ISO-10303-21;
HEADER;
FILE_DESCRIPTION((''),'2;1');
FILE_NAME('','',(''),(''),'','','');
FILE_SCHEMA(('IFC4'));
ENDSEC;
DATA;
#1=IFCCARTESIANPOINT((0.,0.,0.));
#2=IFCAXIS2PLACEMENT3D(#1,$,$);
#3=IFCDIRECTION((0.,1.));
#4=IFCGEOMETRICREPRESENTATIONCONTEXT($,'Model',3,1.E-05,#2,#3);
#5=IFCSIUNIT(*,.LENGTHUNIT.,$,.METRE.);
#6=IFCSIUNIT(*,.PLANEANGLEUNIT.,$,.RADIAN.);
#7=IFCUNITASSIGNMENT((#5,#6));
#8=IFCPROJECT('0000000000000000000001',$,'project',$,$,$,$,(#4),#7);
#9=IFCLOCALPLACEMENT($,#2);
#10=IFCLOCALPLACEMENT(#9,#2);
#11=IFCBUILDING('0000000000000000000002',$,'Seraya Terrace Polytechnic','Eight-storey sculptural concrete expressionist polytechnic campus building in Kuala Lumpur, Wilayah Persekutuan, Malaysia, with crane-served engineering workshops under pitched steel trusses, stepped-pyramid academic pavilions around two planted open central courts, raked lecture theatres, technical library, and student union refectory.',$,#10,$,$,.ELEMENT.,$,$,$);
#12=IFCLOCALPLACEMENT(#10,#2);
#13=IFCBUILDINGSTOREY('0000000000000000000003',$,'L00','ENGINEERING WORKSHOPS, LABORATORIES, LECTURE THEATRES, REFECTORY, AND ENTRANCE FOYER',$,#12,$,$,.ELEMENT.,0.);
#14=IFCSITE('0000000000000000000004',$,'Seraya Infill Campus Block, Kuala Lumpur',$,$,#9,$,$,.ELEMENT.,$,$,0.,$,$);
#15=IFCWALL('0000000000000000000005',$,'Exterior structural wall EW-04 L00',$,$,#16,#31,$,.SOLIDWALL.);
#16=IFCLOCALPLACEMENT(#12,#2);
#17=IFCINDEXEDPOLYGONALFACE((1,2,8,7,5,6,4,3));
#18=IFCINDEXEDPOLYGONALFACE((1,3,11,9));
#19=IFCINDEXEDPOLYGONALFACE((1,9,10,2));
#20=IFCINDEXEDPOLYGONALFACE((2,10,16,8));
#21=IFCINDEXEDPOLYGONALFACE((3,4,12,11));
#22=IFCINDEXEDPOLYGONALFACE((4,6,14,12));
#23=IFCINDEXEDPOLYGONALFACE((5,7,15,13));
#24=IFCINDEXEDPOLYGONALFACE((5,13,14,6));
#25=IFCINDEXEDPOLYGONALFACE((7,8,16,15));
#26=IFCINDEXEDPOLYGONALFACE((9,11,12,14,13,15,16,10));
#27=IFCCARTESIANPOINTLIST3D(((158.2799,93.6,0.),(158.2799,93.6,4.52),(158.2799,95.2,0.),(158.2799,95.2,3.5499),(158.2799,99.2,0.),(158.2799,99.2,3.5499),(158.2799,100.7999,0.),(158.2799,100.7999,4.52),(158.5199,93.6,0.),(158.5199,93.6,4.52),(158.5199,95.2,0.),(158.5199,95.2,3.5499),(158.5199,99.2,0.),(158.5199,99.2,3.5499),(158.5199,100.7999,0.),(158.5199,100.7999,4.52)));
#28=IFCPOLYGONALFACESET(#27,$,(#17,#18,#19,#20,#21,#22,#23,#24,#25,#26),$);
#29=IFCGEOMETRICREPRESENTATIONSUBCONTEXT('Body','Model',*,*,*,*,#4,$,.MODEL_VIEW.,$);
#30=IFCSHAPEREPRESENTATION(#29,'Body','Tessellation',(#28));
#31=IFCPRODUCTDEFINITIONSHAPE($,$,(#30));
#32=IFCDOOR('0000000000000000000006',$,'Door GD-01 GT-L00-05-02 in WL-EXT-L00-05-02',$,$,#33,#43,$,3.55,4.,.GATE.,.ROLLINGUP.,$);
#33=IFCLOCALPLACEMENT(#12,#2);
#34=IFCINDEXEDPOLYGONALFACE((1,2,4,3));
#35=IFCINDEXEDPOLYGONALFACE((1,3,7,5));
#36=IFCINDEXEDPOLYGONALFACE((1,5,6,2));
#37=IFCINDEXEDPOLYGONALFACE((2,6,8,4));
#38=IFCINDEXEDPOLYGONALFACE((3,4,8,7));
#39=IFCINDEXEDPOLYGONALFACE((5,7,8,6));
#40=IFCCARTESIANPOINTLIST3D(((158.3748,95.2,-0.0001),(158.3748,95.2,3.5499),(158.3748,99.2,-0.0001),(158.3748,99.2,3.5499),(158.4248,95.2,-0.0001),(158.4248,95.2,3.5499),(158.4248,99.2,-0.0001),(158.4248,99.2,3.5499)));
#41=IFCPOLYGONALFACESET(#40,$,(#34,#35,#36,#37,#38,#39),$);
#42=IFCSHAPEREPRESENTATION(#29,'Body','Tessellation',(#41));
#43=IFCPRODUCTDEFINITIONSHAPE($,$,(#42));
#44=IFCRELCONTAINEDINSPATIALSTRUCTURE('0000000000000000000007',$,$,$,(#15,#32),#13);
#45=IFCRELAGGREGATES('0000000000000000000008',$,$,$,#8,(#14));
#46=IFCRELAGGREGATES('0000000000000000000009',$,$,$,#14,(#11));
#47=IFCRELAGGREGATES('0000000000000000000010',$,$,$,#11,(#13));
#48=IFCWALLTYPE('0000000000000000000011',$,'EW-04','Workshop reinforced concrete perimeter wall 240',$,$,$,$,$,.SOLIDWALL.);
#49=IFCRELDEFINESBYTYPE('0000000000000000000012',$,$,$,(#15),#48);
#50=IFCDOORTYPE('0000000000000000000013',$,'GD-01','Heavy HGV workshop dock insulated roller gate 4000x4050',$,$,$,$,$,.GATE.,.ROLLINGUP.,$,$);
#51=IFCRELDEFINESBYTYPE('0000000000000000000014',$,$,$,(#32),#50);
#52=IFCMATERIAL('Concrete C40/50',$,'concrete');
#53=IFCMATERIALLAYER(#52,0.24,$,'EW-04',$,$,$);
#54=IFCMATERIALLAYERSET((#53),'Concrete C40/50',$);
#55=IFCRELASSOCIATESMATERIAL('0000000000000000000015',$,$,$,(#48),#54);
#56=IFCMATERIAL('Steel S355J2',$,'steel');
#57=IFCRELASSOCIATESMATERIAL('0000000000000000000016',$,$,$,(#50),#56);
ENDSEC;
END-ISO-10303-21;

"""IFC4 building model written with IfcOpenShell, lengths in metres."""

from ifc_helpers import new_model, si_unit, direction, frame, frame_2d, origin, place, context, subcontext, project, spatial, rectangle, extrude, material, layer, layer_set, type_object, element, fill, save


model = new_model("IFC4")

# Units and contexts
model_context = context("Model", 3, precision=1e-05, world=origin(), true_north=direction((0.0, 1.0)))
body_context = subcontext(model_context, "Body", "Model", "MODEL_VIEW")
ifc_project = project(units=[si_unit("LENGTHUNIT", "METRE"), si_unit("PLANEANGLEUNIT", "RADIAN")], contexts=[model_context])

# Site, building, storey
site_placement = place(None, origin())
site = spatial("IfcSite", under=ifc_project, at=site_placement, Name="Seraya Infill Campus Block, Kuala Lumpur", CompositionType="ELEMENT", RefElevation=0.0)
building_placement = place(site_placement, origin())
building = spatial("IfcBuilding", under=site, at=building_placement, Name="Seraya Terrace Polytechnic", Description="Eight-storey sculptural concrete expressionist polytechnic campus building in Kuala Lumpur, Wilayah Persekutuan, Malaysia, with crane-served engineering workshops under pitched steel trusses, stepped-pyramid academic pavilions around two planted open central courts, raked lecture theatres, technical library, and student union refectory.", CompositionType="ELEMENT")
storey_placement = place(building_placement, origin())
storey = spatial("IfcBuildingStorey", under=building, at=storey_placement, Name="L00", Description="ENGINEERING WORKSHOPS, LABORATORIES, LECTURE THEATRES, REFECTORY, AND ENTRANCE FOYER", CompositionType="ELEMENT", Elevation=0.0)

# Shared definitions
ifc_material_1 = material(Name="Concrete C40/50", Category="concrete")

# Wall, opening, door
ifc_layer = layer(ifc_material_1, 0.24, Name="EW-04")
ifc_layer_set = layer_set([ifc_layer], Name="Concrete C40/50")
wall_type = type_object("IfcWallType", Name="EW-04", Description="Workshop reinforced concrete perimeter wall 240", PredefinedType="SOLIDWALL", material=ifc_layer_set)
ifc_material_2 = material(Name="Steel S355J2", Category="steel")
door_type_1 = type_object("IfcDoorType", Name="GD-01", Description="Heavy HGV workshop dock insulated roller gate 4000x4050", OperationType="ROLLINGUP", PredefinedType="GATE", material=ifc_material_2)
wall_1_placement = place(storey_placement, frame((158.3999, 100.8, 0.0), z_axis=(0.0, 0.0, 1.0), x_axis=(0.0, -1.0, 0.0)))
wall_1 = element("IfcWall", 1, at=wall_1_placement, inside=storey, type_object=wall_type, Name="Exterior structural wall EW-04 L00", PredefinedType="SOLIDWALL", context=body_context, shape_type="SweptSolid", body=[
    extrude(rectangle(XDim=7.2, YDim=0.24, at=frame_2d((3.6001, 0.0))), origin(), (0.0, 0.0, 1.0), 4.52),
])
opening_1_placement = place(wall_1_placement, frame((1.6001, 0.0, 0.0)))
opening_1 = element("IfcOpeningElement", 2, at=opening_1_placement, cuts=wall_1, PredefinedType="OPENING", context=body_context, shape_type="SweptSolid", body=[
    extrude(rectangle(XDim=4.0, YDim=3.55, at=frame_2d((2.0, 1.7749))), frame((0.0, 0.1318, 0.0), z_axis=(0.0, -1.0, 0.0), x_axis=(1.0, 0.0, 0.0)), (0.0, 0.0, 1.0), 0.2639),
])
door_1_placement = place(opening_1_placement, origin())
door_1 = element("IfcDoor", 3, at=door_1_placement, inside=storey, type_object=door_type_1, Name="Door GD-01 GT-L00-05-02 in WL-EXT-L00-05-02", OperationType="ROLLINGUP", OverallHeight=3.55, OverallWidth=4.0, PredefinedType="GATE", context=body_context, shape_type="SweptSolid", body=[
    extrude(rectangle(XDim=4.0, YDim=3.55, at=frame_2d((2.0, 1.7749))), frame((0.0, 0.0249, 0.0), z_axis=(0.0, -1.0, 0.0), x_axis=(1.0, 0.0, 0.0)), (0.0, 0.0, 1.0), 0.05),
])
fill(opening_1, door_1)

save(model, "model.ifc")
